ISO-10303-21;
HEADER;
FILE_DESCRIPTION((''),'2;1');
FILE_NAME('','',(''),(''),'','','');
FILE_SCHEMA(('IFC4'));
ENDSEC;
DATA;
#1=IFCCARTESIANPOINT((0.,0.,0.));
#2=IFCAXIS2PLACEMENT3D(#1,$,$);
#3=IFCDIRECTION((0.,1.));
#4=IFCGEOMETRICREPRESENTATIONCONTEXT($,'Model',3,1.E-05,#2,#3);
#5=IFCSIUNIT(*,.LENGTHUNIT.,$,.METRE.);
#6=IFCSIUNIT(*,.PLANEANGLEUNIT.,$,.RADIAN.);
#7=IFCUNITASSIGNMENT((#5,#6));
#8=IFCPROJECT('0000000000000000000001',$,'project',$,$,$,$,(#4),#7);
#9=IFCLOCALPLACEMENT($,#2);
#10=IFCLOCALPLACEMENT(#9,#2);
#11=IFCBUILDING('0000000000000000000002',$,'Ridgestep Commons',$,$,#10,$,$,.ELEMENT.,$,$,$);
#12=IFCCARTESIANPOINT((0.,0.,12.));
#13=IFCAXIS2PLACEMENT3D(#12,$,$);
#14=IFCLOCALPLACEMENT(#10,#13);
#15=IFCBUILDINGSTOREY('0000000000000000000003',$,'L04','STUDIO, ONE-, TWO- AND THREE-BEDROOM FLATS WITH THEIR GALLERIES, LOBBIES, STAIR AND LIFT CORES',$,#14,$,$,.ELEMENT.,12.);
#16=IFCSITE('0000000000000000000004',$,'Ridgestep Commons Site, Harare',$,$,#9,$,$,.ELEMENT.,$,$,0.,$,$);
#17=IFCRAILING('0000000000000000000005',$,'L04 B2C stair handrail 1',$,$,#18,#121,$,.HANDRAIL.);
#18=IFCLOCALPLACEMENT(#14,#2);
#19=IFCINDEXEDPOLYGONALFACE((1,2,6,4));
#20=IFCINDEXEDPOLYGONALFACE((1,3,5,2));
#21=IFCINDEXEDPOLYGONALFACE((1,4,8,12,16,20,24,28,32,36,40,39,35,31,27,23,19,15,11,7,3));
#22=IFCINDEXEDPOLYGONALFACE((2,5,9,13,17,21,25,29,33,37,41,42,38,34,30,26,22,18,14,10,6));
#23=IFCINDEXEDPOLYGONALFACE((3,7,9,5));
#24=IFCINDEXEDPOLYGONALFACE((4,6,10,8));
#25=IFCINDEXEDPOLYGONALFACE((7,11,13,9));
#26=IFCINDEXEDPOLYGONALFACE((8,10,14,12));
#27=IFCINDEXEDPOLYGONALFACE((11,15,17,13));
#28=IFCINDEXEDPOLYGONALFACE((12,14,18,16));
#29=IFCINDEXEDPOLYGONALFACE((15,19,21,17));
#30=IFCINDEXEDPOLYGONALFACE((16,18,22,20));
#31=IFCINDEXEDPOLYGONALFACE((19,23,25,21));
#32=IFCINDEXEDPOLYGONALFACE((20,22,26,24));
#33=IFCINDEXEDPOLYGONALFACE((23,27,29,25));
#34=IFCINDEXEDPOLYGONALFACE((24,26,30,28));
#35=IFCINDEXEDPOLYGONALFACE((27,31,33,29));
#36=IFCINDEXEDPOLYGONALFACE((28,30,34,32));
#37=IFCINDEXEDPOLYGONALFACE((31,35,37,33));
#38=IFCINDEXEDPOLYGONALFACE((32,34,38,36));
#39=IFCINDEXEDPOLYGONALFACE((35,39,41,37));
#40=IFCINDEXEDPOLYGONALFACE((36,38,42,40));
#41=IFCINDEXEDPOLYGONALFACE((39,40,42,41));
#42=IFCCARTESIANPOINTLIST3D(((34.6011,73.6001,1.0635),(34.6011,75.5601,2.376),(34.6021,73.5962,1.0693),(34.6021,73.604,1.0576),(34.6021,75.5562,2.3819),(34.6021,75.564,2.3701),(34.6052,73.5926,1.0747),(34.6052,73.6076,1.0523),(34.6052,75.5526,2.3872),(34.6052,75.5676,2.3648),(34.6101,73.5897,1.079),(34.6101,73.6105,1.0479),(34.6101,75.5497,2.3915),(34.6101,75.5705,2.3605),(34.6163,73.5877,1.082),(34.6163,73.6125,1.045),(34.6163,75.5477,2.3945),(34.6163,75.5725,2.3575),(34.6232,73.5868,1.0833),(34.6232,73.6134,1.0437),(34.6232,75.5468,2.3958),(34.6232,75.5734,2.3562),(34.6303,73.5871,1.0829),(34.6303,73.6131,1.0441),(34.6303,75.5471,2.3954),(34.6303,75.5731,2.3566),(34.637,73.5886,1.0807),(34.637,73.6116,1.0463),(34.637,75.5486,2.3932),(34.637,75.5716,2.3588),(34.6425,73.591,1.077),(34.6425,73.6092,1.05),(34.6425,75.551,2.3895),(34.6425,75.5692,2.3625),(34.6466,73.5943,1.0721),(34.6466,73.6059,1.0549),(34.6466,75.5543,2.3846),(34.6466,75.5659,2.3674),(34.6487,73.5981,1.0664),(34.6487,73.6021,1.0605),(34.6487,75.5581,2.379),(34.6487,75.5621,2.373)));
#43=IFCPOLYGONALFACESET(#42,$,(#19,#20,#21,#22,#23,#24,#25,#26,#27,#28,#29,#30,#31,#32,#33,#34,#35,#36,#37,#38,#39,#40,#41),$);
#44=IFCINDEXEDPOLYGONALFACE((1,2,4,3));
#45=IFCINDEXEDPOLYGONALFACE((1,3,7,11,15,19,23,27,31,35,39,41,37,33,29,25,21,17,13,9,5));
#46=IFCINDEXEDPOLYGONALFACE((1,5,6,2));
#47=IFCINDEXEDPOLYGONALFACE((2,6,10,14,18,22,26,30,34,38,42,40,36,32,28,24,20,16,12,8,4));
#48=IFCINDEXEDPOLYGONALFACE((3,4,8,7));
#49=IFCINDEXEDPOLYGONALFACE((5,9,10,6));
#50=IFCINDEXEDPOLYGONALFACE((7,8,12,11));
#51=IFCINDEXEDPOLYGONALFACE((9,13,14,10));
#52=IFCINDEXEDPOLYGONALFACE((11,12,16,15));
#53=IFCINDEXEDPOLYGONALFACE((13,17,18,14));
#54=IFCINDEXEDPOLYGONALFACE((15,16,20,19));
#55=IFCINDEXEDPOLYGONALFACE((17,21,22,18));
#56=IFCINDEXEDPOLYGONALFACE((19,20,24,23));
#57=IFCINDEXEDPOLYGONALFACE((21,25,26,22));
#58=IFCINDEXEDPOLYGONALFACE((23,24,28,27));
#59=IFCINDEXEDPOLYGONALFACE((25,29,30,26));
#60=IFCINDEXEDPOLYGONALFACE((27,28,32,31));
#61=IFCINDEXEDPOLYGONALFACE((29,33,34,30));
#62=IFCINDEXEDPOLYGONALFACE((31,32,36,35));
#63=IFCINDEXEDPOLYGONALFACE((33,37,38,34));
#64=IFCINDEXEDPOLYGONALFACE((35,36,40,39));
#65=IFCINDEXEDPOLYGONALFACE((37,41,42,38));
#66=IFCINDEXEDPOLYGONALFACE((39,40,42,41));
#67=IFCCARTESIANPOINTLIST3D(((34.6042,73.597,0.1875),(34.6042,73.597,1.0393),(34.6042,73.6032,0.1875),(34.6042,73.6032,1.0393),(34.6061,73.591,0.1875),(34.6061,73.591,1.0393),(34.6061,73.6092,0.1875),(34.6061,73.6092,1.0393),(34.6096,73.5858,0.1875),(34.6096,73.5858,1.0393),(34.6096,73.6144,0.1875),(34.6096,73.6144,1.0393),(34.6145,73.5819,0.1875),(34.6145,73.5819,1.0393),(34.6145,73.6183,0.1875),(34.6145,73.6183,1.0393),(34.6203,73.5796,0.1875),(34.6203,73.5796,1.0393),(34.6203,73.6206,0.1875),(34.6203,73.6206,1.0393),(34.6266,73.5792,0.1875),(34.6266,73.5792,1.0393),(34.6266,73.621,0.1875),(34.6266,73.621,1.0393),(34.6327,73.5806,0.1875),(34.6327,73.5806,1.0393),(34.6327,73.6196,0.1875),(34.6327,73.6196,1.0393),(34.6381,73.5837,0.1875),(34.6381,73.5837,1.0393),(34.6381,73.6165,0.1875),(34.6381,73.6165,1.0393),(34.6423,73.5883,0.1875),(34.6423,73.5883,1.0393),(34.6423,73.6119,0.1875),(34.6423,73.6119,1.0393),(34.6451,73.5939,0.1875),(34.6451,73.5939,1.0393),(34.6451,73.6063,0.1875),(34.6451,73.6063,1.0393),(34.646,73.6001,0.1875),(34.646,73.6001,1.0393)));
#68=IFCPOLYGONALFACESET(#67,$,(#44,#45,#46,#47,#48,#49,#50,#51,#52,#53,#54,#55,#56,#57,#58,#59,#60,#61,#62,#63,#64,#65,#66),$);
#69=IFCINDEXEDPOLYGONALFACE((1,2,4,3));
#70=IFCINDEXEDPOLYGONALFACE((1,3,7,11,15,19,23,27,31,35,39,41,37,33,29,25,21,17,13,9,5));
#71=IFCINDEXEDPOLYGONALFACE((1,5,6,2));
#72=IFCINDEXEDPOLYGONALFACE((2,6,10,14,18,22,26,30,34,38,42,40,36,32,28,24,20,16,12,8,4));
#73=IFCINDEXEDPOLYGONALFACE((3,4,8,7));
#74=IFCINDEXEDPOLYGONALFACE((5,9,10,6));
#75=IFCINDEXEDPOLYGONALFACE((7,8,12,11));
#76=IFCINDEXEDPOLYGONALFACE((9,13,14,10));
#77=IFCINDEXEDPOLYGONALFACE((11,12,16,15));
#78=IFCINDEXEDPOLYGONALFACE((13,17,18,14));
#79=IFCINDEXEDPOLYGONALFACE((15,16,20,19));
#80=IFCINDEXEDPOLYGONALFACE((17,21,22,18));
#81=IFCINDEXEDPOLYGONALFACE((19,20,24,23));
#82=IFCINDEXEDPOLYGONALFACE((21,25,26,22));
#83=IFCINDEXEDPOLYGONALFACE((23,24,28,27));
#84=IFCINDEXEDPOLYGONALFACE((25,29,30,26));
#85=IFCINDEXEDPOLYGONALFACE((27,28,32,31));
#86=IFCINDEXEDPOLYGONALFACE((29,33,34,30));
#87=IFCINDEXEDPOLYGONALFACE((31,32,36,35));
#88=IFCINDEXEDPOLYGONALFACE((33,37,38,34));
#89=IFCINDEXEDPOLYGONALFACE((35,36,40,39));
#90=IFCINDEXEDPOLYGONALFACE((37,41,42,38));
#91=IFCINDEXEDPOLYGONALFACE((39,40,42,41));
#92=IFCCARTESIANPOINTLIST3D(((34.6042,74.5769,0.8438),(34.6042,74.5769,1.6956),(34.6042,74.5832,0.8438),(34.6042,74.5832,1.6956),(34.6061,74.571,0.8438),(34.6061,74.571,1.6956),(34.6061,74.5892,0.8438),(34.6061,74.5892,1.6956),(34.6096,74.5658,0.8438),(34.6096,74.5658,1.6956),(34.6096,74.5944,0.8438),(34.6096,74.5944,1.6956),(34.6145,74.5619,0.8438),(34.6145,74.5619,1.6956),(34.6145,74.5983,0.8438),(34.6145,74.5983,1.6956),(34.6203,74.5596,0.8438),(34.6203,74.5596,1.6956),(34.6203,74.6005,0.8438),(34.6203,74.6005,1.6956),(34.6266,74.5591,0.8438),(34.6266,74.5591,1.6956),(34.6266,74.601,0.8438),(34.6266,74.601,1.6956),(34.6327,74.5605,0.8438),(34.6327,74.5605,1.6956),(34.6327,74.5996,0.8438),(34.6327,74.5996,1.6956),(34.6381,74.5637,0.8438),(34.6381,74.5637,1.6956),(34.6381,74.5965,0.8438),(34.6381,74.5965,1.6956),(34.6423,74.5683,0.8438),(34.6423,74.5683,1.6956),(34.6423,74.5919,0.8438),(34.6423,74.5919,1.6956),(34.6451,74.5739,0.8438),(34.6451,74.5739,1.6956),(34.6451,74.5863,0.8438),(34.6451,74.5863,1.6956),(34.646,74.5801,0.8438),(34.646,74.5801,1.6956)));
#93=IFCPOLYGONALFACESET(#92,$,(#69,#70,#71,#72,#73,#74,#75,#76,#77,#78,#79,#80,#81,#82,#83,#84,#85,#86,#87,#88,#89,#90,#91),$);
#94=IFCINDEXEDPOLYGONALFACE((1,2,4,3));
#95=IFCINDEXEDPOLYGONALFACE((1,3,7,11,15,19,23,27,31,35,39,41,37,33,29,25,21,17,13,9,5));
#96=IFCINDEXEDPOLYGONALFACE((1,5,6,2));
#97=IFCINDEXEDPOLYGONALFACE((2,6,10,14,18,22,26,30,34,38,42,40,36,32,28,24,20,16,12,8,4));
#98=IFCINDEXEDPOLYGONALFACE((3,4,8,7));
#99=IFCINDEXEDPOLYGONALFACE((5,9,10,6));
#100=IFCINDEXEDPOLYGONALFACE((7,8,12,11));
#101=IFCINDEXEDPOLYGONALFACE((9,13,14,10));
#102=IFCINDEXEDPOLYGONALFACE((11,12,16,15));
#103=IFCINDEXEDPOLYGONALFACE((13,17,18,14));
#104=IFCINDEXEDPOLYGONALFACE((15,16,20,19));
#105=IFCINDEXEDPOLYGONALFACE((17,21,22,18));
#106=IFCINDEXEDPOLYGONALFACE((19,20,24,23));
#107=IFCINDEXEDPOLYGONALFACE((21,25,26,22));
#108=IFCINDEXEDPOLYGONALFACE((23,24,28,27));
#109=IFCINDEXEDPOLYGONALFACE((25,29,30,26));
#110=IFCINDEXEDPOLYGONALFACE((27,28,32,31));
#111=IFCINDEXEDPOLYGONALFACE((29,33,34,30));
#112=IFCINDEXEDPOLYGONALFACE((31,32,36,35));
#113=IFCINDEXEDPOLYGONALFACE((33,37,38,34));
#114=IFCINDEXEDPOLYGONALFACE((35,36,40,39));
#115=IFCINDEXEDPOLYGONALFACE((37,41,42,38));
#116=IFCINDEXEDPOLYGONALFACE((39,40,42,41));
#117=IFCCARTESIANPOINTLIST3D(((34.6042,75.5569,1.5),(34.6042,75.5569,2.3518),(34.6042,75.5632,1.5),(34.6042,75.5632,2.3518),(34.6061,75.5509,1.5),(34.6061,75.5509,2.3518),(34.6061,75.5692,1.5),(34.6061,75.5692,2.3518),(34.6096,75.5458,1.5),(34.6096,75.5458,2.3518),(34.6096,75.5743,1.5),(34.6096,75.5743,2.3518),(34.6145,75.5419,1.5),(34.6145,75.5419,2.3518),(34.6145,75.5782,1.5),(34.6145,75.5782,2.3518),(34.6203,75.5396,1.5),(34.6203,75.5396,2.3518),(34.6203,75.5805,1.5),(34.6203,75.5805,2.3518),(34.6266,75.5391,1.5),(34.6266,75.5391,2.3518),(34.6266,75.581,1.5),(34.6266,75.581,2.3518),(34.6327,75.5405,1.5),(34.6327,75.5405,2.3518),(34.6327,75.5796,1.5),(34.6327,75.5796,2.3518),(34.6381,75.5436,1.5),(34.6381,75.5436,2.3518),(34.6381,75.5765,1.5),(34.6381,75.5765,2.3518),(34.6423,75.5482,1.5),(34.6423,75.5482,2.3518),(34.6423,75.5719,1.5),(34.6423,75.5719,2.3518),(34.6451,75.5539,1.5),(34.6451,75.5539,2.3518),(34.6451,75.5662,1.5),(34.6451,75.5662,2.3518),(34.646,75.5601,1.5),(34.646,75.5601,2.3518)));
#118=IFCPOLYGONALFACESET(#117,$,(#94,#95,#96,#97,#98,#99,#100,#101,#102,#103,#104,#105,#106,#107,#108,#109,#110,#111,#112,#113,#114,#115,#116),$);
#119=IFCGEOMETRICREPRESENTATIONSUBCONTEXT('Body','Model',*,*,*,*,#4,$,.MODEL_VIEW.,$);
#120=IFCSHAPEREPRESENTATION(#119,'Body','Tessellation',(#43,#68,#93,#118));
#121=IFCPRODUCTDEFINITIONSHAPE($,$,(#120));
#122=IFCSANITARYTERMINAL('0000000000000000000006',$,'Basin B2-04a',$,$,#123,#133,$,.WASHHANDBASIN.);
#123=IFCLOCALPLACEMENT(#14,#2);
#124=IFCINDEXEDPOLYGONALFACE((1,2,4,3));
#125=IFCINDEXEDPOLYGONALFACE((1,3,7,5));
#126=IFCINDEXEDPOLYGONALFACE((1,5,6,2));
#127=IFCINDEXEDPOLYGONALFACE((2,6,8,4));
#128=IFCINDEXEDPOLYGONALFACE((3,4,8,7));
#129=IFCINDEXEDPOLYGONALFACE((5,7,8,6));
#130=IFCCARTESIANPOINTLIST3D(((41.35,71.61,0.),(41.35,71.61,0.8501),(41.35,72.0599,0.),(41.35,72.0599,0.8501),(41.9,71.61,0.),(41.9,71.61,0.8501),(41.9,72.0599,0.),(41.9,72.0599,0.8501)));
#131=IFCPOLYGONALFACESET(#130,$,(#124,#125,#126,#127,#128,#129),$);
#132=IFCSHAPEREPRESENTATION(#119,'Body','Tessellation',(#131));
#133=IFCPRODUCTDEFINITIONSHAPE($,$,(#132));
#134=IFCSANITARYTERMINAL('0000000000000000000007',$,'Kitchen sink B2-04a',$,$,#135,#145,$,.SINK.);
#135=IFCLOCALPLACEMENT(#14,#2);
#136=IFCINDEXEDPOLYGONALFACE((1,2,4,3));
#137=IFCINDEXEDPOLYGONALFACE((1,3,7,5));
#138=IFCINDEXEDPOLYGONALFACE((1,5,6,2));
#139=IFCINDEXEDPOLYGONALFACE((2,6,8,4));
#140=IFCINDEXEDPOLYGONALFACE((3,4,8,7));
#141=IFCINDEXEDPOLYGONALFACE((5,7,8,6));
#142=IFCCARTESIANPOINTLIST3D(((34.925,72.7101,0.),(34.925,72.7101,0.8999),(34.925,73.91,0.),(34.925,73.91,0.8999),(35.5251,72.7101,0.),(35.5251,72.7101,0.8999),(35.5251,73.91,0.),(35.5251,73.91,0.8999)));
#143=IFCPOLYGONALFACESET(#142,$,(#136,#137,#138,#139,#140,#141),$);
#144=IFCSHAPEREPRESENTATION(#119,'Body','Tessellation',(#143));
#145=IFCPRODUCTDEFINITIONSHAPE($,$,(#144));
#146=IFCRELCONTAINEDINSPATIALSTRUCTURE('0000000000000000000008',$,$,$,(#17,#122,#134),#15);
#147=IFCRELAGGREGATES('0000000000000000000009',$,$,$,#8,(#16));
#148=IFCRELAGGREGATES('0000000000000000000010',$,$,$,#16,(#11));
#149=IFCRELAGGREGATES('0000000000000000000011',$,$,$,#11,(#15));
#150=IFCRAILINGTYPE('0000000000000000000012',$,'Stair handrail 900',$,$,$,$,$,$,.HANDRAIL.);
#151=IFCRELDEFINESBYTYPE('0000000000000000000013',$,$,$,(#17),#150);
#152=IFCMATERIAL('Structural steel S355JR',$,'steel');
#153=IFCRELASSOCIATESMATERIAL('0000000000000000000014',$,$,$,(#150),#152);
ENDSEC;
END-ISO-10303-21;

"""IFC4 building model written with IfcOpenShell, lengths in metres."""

from ifc_helpers import new_model, si_unit, direction, frame, origin, origin_2d, place, context, subcontext, project, spatial, rectangle, circle, extrude, material, type_object, element, save


model = new_model("IFC4")

# Units and contexts
model_context = context("Model", 3, precision=1e-05, world=origin(), true_north=direction((0.0, 1.0)))
body_context = subcontext(model_context, "Body", "Model", "MODEL_VIEW")
ifc_project = project(units=[si_unit("LENGTHUNIT", "METRE"), si_unit("PLANEANGLEUNIT", "RADIAN")], contexts=[model_context])

# Site, building, storey
site_placement = place(None, origin())
site = spatial("IfcSite", under=ifc_project, at=site_placement, Name="Ridgestep Commons Site, Harare", CompositionType="ELEMENT", RefElevation=0.0)
building_placement = place(site_placement, origin())
building = spatial("IfcBuilding", under=site, at=building_placement, Name="Ridgestep Commons", CompositionType="ELEMENT")
storey_placement = place(building_placement, frame((0.0, 0.0, 12.0)))
storey = spatial("IfcBuildingStorey", under=building, at=storey_placement, Name="L04", Description="STUDIO, ONE-, TWO- AND THREE-BEDROOM FLATS WITH THEIR GALLERIES, LOBBIES, STAIR AND LIFT CORES", CompositionType="ELEMENT", Elevation=12.0)

# Railing
ifc_material_1 = material(Name="Structural steel S355JR", Category="steel")
railing_type_1 = type_object("IfcRailingType", Name="Stair handrail 900", PredefinedType="HANDRAIL", material=ifc_material_1)
railing_1_placement = place(storey_placement, frame((34.625, 73.6001, 0.1875)))
element("IfcRailing", 1, at=railing_1_placement, inside=storey, type_object=railing_type_1, Name="L04 B2C stair handrail 1", PredefinedType="HANDRAIL", context=body_context, shape_type="SweptSolid", body=[
    extrude(circle(Radius=0.0239, at=origin_2d()), frame((0.0, 0.0, 0.876), z_axis=(0.0, 0.830902, 0.556419), x_axis=(-1.0, 0.0, 0.0)), (0.0, 0.0, 1.0), 2.3589),
    extrude(circle(Radius=0.021, at=origin_2d()), origin(), (0.0, 0.0, 1.0), 0.8518),
    extrude(circle(Radius=0.021, at=origin_2d()), frame((0.0, 0.98, 0.6562)), (0.0, 0.0, 1.0), 0.8518),
    extrude(circle(Radius=0.021, at=origin_2d()), frame((0.0, 1.96, 1.3125)), (0.0, 0.0, 1.0), 0.8518),
])

# Sanitary terminals
sanitary_terminal_1_placement = place(storey_placement, frame((41.625, 71.835, 0.0), z_axis=(0.0, 0.0, 1.0), x_axis=(1.0, 0.0, 0.0)))
element("IfcSanitaryTerminal", 2, at=sanitary_terminal_1_placement, inside=storey, Name="Basin B2-04a", PredefinedType="WASHHANDBASIN", context=body_context, shape_type="SweptSolid", body=[
    extrude(rectangle(XDim=0.55, YDim=0.45, at=origin_2d()), origin(), (0.0, 0.0, 1.0), 0.8501),
])
sanitary_terminal_2_placement = place(storey_placement, frame((35.2251, 73.3101, 0.0), z_axis=(0.0, 0.0, 1.0), x_axis=(1.0, 0.0, 0.0)))
element("IfcSanitaryTerminal", 3, at=sanitary_terminal_2_placement, inside=storey, Name="Kitchen sink B2-04a", PredefinedType="SINK", context=body_context, shape_type="SweptSolid", body=[
    extrude(rectangle(XDim=0.6001, YDim=1.2, at=origin_2d()), origin(), (0.0, 0.0, 1.0), 0.8999),
])

save(model, "model.ifc")
